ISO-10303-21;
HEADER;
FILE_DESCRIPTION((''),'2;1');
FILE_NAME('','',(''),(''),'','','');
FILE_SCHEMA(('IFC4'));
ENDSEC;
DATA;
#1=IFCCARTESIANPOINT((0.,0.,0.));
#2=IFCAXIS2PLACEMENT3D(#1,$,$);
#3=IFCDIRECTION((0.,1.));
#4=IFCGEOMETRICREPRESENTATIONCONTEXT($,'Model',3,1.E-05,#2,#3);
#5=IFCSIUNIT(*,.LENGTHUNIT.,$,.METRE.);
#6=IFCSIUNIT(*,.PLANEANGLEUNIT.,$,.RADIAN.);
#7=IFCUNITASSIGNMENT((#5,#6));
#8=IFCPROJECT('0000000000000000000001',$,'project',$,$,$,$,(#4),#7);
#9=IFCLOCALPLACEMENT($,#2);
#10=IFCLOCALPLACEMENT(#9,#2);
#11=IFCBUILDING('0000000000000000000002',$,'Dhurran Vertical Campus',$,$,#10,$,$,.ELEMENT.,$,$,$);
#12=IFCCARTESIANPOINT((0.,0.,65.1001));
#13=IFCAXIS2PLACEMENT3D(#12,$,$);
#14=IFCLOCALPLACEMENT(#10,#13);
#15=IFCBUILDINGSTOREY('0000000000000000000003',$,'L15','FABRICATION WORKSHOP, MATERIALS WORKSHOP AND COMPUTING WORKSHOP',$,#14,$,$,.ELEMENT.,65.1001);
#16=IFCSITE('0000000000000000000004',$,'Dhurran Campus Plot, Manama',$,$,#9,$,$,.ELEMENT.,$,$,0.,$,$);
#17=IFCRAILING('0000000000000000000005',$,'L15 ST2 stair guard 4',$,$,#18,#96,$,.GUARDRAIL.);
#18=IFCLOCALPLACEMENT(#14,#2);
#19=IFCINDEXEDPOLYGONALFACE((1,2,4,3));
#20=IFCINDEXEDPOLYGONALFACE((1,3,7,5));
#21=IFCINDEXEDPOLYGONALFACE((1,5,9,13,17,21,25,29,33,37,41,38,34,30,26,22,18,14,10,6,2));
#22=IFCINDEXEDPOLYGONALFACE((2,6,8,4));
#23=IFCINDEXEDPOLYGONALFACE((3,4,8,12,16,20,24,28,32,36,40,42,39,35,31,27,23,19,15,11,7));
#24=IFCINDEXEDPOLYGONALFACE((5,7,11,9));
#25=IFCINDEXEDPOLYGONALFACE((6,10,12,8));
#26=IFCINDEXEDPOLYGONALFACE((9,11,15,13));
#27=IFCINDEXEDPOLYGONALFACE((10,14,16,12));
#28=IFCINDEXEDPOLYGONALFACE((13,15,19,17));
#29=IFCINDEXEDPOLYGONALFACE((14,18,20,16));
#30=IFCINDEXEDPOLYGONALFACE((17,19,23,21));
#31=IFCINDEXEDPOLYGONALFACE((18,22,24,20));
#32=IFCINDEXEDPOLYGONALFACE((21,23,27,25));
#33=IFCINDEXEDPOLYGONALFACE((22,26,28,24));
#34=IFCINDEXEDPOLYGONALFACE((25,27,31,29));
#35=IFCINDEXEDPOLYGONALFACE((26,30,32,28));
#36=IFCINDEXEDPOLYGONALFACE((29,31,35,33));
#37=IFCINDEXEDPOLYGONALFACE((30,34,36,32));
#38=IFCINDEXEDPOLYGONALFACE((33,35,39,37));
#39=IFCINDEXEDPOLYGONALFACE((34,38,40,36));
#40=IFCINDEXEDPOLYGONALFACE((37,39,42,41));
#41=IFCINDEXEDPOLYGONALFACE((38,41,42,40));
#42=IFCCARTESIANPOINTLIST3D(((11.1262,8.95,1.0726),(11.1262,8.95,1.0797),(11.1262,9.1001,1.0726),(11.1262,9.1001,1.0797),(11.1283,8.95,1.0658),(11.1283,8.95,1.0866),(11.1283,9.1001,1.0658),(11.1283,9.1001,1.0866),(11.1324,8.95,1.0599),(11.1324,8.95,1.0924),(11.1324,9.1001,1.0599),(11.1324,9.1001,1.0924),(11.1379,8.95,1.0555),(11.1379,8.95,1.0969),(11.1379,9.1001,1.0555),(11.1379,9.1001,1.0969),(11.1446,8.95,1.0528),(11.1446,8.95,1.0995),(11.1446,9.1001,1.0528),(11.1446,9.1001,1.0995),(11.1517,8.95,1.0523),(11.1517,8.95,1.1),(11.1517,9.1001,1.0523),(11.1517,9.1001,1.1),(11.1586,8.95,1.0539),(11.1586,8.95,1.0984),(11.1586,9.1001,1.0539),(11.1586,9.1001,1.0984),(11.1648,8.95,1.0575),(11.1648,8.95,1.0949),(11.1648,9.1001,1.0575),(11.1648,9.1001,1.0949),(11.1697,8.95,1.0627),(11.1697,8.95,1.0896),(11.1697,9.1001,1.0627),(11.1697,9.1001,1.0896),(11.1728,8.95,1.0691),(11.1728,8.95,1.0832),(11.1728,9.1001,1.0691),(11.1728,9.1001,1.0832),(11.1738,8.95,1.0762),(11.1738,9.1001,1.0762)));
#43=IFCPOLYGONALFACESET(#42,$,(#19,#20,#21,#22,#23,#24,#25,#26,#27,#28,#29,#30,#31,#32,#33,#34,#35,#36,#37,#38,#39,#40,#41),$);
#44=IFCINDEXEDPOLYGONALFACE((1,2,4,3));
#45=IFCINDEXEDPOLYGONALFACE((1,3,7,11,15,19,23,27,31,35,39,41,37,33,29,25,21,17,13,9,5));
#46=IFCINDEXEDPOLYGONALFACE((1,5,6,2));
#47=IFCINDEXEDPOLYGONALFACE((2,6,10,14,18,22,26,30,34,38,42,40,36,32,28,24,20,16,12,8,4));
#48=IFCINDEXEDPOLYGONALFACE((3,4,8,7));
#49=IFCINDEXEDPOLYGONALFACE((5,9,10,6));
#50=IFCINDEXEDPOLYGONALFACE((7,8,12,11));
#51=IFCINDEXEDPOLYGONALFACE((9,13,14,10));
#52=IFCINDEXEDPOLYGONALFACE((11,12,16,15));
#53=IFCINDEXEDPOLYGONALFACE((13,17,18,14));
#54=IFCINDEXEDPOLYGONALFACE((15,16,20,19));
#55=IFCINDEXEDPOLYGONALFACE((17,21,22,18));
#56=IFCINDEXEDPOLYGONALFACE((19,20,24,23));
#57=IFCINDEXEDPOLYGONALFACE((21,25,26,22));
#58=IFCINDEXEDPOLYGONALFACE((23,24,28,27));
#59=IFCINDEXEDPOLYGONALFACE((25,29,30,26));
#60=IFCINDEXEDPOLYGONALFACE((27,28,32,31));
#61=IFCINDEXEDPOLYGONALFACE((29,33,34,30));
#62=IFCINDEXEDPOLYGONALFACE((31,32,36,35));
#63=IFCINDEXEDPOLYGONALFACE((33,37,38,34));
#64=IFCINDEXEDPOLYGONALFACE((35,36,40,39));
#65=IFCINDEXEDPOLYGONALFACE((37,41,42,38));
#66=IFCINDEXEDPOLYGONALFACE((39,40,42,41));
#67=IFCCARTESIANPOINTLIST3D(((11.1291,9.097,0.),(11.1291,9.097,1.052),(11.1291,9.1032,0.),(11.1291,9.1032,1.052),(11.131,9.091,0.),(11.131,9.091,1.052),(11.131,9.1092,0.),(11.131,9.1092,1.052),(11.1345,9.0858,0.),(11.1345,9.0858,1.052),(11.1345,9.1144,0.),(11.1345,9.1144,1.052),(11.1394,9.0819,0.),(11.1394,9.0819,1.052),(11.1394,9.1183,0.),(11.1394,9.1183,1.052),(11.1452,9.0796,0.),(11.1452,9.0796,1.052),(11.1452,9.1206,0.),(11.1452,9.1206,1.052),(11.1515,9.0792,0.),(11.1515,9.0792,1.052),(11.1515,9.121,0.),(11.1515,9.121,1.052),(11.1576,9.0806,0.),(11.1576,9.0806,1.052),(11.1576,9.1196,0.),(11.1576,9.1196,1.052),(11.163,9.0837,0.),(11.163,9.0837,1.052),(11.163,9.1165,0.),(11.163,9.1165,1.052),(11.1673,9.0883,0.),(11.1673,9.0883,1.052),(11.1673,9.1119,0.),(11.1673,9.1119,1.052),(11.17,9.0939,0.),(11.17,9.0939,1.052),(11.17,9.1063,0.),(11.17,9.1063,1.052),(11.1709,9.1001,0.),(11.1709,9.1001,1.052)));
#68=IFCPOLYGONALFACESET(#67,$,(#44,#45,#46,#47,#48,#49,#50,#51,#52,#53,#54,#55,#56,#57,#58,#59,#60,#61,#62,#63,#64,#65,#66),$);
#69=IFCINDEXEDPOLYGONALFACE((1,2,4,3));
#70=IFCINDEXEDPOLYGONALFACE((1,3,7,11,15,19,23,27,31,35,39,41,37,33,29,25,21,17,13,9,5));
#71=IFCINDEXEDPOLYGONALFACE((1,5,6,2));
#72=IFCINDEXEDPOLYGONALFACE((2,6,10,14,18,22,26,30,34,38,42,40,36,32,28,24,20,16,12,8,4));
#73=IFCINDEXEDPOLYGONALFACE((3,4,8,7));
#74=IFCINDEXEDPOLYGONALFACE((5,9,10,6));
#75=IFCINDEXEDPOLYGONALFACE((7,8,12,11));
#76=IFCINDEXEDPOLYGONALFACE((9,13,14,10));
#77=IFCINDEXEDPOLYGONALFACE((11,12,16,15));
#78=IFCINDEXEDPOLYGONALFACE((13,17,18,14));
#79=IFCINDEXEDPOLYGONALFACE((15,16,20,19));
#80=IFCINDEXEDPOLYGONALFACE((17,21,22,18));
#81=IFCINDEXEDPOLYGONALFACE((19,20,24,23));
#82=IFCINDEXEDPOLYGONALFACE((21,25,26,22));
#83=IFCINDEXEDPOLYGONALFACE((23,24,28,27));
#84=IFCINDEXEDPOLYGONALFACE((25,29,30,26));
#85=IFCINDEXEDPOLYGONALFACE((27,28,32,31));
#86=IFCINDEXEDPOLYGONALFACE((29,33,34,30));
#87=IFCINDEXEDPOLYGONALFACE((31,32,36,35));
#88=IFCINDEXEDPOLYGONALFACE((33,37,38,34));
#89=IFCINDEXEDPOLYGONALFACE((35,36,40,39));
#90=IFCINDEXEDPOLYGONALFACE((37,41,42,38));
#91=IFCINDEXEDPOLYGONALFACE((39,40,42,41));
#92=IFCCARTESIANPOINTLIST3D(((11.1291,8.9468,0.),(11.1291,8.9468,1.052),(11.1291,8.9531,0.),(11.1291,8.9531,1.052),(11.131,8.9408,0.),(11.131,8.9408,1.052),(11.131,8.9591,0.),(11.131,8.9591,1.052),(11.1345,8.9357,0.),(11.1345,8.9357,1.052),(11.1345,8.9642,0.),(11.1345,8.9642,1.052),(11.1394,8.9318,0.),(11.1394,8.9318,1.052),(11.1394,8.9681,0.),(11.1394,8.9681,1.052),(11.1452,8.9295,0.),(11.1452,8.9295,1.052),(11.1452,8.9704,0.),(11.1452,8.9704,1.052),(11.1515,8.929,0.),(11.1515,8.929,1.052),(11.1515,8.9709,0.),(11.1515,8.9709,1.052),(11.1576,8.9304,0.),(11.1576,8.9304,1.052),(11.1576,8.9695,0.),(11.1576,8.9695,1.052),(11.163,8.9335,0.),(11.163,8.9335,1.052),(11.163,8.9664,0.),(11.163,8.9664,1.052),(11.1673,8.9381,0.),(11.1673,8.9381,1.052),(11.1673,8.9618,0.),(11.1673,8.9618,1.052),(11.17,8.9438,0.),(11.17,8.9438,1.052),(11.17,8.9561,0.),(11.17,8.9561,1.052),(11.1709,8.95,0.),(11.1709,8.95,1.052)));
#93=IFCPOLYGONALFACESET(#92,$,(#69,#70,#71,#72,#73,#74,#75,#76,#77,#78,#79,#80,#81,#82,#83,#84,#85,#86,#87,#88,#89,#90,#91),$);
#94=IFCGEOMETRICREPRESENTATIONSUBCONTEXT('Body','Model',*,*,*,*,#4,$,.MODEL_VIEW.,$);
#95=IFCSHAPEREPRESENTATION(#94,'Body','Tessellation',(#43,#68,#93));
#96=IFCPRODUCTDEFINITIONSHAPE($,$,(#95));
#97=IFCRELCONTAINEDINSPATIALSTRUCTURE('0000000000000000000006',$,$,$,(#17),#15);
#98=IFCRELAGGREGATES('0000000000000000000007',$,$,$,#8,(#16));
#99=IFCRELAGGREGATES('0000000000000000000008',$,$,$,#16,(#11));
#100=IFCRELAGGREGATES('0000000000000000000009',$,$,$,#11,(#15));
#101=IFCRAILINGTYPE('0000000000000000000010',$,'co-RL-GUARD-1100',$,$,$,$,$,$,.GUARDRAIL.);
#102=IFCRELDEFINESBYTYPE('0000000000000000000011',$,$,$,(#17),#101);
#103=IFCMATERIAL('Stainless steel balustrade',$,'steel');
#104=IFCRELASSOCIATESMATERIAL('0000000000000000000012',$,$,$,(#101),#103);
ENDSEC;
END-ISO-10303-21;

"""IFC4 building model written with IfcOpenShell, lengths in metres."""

from ifc_helpers import new_model, si_unit, direction, frame, origin, origin_2d, place, context, subcontext, project, spatial, circle, extrude, material, type_object, element, save


model = new_model("IFC4")

# Units and contexts
model_context = context("Model", 3, precision=1e-05, world=origin(), true_north=direction((0.0, 1.0)))
body_context = subcontext(model_context, "Body", "Model", "MODEL_VIEW")
ifc_project = project(units=[si_unit("LENGTHUNIT", "METRE"), si_unit("PLANEANGLEUNIT", "RADIAN")], contexts=[model_context])

# Site, building, storey
site_placement = place(None, origin())
site = spatial("IfcSite", under=ifc_project, at=site_placement, Name="Dhurran Campus Plot, Manama", CompositionType="ELEMENT", RefElevation=0.0)
building_placement = place(site_placement, origin())
building = spatial("IfcBuilding", under=site, at=building_placement, Name="Dhurran Vertical Campus", CompositionType="ELEMENT")
storey_placement = place(building_placement, frame((0.0, 0.0, 65.1001)))
storey = spatial("IfcBuildingStorey", under=building, at=storey_placement, Name="L15", Description="FABRICATION WORKSHOP, MATERIALS WORKSHOP AND COMPUTING WORKSHOP", CompositionType="ELEMENT", Elevation=65.1001)

# Railing
ifc_material_1 = material(Name="Stainless steel balustrade", Category="steel")
railing_type_1 = type_object("IfcRailingType", Name="co-RL-GUARD-1100", PredefinedType="GUARDRAIL", material=ifc_material_1)
railing_1_placement = place(storey_placement, frame((11.1499, 9.1001, 0.0)))
element("IfcRailing", 1, at=railing_1_placement, inside=storey, type_object=railing_type_1, Name="L15 ST2 stair guard 4", PredefinedType="GUARDRAIL", context=body_context, shape_type="SweptSolid", body=[
    extrude(circle(Radius=0.0239, at=origin_2d()), frame((0.0, 0.0, 1.0762), z_axis=(0.0, -1.0, 0.0), x_axis=(1.0, 0.0, 0.0)), (0.0, 0.0, 1.0), 0.1501),
    extrude(circle(Radius=0.021, at=origin_2d()), origin(), (0.0, 0.0, 1.0), 1.052),
    extrude(circle(Radius=0.021, at=origin_2d()), frame((0.0, -0.1501, 0.0)), (0.0, 0.0, 1.0), 1.052),
])

save(model, "model.ifc")
